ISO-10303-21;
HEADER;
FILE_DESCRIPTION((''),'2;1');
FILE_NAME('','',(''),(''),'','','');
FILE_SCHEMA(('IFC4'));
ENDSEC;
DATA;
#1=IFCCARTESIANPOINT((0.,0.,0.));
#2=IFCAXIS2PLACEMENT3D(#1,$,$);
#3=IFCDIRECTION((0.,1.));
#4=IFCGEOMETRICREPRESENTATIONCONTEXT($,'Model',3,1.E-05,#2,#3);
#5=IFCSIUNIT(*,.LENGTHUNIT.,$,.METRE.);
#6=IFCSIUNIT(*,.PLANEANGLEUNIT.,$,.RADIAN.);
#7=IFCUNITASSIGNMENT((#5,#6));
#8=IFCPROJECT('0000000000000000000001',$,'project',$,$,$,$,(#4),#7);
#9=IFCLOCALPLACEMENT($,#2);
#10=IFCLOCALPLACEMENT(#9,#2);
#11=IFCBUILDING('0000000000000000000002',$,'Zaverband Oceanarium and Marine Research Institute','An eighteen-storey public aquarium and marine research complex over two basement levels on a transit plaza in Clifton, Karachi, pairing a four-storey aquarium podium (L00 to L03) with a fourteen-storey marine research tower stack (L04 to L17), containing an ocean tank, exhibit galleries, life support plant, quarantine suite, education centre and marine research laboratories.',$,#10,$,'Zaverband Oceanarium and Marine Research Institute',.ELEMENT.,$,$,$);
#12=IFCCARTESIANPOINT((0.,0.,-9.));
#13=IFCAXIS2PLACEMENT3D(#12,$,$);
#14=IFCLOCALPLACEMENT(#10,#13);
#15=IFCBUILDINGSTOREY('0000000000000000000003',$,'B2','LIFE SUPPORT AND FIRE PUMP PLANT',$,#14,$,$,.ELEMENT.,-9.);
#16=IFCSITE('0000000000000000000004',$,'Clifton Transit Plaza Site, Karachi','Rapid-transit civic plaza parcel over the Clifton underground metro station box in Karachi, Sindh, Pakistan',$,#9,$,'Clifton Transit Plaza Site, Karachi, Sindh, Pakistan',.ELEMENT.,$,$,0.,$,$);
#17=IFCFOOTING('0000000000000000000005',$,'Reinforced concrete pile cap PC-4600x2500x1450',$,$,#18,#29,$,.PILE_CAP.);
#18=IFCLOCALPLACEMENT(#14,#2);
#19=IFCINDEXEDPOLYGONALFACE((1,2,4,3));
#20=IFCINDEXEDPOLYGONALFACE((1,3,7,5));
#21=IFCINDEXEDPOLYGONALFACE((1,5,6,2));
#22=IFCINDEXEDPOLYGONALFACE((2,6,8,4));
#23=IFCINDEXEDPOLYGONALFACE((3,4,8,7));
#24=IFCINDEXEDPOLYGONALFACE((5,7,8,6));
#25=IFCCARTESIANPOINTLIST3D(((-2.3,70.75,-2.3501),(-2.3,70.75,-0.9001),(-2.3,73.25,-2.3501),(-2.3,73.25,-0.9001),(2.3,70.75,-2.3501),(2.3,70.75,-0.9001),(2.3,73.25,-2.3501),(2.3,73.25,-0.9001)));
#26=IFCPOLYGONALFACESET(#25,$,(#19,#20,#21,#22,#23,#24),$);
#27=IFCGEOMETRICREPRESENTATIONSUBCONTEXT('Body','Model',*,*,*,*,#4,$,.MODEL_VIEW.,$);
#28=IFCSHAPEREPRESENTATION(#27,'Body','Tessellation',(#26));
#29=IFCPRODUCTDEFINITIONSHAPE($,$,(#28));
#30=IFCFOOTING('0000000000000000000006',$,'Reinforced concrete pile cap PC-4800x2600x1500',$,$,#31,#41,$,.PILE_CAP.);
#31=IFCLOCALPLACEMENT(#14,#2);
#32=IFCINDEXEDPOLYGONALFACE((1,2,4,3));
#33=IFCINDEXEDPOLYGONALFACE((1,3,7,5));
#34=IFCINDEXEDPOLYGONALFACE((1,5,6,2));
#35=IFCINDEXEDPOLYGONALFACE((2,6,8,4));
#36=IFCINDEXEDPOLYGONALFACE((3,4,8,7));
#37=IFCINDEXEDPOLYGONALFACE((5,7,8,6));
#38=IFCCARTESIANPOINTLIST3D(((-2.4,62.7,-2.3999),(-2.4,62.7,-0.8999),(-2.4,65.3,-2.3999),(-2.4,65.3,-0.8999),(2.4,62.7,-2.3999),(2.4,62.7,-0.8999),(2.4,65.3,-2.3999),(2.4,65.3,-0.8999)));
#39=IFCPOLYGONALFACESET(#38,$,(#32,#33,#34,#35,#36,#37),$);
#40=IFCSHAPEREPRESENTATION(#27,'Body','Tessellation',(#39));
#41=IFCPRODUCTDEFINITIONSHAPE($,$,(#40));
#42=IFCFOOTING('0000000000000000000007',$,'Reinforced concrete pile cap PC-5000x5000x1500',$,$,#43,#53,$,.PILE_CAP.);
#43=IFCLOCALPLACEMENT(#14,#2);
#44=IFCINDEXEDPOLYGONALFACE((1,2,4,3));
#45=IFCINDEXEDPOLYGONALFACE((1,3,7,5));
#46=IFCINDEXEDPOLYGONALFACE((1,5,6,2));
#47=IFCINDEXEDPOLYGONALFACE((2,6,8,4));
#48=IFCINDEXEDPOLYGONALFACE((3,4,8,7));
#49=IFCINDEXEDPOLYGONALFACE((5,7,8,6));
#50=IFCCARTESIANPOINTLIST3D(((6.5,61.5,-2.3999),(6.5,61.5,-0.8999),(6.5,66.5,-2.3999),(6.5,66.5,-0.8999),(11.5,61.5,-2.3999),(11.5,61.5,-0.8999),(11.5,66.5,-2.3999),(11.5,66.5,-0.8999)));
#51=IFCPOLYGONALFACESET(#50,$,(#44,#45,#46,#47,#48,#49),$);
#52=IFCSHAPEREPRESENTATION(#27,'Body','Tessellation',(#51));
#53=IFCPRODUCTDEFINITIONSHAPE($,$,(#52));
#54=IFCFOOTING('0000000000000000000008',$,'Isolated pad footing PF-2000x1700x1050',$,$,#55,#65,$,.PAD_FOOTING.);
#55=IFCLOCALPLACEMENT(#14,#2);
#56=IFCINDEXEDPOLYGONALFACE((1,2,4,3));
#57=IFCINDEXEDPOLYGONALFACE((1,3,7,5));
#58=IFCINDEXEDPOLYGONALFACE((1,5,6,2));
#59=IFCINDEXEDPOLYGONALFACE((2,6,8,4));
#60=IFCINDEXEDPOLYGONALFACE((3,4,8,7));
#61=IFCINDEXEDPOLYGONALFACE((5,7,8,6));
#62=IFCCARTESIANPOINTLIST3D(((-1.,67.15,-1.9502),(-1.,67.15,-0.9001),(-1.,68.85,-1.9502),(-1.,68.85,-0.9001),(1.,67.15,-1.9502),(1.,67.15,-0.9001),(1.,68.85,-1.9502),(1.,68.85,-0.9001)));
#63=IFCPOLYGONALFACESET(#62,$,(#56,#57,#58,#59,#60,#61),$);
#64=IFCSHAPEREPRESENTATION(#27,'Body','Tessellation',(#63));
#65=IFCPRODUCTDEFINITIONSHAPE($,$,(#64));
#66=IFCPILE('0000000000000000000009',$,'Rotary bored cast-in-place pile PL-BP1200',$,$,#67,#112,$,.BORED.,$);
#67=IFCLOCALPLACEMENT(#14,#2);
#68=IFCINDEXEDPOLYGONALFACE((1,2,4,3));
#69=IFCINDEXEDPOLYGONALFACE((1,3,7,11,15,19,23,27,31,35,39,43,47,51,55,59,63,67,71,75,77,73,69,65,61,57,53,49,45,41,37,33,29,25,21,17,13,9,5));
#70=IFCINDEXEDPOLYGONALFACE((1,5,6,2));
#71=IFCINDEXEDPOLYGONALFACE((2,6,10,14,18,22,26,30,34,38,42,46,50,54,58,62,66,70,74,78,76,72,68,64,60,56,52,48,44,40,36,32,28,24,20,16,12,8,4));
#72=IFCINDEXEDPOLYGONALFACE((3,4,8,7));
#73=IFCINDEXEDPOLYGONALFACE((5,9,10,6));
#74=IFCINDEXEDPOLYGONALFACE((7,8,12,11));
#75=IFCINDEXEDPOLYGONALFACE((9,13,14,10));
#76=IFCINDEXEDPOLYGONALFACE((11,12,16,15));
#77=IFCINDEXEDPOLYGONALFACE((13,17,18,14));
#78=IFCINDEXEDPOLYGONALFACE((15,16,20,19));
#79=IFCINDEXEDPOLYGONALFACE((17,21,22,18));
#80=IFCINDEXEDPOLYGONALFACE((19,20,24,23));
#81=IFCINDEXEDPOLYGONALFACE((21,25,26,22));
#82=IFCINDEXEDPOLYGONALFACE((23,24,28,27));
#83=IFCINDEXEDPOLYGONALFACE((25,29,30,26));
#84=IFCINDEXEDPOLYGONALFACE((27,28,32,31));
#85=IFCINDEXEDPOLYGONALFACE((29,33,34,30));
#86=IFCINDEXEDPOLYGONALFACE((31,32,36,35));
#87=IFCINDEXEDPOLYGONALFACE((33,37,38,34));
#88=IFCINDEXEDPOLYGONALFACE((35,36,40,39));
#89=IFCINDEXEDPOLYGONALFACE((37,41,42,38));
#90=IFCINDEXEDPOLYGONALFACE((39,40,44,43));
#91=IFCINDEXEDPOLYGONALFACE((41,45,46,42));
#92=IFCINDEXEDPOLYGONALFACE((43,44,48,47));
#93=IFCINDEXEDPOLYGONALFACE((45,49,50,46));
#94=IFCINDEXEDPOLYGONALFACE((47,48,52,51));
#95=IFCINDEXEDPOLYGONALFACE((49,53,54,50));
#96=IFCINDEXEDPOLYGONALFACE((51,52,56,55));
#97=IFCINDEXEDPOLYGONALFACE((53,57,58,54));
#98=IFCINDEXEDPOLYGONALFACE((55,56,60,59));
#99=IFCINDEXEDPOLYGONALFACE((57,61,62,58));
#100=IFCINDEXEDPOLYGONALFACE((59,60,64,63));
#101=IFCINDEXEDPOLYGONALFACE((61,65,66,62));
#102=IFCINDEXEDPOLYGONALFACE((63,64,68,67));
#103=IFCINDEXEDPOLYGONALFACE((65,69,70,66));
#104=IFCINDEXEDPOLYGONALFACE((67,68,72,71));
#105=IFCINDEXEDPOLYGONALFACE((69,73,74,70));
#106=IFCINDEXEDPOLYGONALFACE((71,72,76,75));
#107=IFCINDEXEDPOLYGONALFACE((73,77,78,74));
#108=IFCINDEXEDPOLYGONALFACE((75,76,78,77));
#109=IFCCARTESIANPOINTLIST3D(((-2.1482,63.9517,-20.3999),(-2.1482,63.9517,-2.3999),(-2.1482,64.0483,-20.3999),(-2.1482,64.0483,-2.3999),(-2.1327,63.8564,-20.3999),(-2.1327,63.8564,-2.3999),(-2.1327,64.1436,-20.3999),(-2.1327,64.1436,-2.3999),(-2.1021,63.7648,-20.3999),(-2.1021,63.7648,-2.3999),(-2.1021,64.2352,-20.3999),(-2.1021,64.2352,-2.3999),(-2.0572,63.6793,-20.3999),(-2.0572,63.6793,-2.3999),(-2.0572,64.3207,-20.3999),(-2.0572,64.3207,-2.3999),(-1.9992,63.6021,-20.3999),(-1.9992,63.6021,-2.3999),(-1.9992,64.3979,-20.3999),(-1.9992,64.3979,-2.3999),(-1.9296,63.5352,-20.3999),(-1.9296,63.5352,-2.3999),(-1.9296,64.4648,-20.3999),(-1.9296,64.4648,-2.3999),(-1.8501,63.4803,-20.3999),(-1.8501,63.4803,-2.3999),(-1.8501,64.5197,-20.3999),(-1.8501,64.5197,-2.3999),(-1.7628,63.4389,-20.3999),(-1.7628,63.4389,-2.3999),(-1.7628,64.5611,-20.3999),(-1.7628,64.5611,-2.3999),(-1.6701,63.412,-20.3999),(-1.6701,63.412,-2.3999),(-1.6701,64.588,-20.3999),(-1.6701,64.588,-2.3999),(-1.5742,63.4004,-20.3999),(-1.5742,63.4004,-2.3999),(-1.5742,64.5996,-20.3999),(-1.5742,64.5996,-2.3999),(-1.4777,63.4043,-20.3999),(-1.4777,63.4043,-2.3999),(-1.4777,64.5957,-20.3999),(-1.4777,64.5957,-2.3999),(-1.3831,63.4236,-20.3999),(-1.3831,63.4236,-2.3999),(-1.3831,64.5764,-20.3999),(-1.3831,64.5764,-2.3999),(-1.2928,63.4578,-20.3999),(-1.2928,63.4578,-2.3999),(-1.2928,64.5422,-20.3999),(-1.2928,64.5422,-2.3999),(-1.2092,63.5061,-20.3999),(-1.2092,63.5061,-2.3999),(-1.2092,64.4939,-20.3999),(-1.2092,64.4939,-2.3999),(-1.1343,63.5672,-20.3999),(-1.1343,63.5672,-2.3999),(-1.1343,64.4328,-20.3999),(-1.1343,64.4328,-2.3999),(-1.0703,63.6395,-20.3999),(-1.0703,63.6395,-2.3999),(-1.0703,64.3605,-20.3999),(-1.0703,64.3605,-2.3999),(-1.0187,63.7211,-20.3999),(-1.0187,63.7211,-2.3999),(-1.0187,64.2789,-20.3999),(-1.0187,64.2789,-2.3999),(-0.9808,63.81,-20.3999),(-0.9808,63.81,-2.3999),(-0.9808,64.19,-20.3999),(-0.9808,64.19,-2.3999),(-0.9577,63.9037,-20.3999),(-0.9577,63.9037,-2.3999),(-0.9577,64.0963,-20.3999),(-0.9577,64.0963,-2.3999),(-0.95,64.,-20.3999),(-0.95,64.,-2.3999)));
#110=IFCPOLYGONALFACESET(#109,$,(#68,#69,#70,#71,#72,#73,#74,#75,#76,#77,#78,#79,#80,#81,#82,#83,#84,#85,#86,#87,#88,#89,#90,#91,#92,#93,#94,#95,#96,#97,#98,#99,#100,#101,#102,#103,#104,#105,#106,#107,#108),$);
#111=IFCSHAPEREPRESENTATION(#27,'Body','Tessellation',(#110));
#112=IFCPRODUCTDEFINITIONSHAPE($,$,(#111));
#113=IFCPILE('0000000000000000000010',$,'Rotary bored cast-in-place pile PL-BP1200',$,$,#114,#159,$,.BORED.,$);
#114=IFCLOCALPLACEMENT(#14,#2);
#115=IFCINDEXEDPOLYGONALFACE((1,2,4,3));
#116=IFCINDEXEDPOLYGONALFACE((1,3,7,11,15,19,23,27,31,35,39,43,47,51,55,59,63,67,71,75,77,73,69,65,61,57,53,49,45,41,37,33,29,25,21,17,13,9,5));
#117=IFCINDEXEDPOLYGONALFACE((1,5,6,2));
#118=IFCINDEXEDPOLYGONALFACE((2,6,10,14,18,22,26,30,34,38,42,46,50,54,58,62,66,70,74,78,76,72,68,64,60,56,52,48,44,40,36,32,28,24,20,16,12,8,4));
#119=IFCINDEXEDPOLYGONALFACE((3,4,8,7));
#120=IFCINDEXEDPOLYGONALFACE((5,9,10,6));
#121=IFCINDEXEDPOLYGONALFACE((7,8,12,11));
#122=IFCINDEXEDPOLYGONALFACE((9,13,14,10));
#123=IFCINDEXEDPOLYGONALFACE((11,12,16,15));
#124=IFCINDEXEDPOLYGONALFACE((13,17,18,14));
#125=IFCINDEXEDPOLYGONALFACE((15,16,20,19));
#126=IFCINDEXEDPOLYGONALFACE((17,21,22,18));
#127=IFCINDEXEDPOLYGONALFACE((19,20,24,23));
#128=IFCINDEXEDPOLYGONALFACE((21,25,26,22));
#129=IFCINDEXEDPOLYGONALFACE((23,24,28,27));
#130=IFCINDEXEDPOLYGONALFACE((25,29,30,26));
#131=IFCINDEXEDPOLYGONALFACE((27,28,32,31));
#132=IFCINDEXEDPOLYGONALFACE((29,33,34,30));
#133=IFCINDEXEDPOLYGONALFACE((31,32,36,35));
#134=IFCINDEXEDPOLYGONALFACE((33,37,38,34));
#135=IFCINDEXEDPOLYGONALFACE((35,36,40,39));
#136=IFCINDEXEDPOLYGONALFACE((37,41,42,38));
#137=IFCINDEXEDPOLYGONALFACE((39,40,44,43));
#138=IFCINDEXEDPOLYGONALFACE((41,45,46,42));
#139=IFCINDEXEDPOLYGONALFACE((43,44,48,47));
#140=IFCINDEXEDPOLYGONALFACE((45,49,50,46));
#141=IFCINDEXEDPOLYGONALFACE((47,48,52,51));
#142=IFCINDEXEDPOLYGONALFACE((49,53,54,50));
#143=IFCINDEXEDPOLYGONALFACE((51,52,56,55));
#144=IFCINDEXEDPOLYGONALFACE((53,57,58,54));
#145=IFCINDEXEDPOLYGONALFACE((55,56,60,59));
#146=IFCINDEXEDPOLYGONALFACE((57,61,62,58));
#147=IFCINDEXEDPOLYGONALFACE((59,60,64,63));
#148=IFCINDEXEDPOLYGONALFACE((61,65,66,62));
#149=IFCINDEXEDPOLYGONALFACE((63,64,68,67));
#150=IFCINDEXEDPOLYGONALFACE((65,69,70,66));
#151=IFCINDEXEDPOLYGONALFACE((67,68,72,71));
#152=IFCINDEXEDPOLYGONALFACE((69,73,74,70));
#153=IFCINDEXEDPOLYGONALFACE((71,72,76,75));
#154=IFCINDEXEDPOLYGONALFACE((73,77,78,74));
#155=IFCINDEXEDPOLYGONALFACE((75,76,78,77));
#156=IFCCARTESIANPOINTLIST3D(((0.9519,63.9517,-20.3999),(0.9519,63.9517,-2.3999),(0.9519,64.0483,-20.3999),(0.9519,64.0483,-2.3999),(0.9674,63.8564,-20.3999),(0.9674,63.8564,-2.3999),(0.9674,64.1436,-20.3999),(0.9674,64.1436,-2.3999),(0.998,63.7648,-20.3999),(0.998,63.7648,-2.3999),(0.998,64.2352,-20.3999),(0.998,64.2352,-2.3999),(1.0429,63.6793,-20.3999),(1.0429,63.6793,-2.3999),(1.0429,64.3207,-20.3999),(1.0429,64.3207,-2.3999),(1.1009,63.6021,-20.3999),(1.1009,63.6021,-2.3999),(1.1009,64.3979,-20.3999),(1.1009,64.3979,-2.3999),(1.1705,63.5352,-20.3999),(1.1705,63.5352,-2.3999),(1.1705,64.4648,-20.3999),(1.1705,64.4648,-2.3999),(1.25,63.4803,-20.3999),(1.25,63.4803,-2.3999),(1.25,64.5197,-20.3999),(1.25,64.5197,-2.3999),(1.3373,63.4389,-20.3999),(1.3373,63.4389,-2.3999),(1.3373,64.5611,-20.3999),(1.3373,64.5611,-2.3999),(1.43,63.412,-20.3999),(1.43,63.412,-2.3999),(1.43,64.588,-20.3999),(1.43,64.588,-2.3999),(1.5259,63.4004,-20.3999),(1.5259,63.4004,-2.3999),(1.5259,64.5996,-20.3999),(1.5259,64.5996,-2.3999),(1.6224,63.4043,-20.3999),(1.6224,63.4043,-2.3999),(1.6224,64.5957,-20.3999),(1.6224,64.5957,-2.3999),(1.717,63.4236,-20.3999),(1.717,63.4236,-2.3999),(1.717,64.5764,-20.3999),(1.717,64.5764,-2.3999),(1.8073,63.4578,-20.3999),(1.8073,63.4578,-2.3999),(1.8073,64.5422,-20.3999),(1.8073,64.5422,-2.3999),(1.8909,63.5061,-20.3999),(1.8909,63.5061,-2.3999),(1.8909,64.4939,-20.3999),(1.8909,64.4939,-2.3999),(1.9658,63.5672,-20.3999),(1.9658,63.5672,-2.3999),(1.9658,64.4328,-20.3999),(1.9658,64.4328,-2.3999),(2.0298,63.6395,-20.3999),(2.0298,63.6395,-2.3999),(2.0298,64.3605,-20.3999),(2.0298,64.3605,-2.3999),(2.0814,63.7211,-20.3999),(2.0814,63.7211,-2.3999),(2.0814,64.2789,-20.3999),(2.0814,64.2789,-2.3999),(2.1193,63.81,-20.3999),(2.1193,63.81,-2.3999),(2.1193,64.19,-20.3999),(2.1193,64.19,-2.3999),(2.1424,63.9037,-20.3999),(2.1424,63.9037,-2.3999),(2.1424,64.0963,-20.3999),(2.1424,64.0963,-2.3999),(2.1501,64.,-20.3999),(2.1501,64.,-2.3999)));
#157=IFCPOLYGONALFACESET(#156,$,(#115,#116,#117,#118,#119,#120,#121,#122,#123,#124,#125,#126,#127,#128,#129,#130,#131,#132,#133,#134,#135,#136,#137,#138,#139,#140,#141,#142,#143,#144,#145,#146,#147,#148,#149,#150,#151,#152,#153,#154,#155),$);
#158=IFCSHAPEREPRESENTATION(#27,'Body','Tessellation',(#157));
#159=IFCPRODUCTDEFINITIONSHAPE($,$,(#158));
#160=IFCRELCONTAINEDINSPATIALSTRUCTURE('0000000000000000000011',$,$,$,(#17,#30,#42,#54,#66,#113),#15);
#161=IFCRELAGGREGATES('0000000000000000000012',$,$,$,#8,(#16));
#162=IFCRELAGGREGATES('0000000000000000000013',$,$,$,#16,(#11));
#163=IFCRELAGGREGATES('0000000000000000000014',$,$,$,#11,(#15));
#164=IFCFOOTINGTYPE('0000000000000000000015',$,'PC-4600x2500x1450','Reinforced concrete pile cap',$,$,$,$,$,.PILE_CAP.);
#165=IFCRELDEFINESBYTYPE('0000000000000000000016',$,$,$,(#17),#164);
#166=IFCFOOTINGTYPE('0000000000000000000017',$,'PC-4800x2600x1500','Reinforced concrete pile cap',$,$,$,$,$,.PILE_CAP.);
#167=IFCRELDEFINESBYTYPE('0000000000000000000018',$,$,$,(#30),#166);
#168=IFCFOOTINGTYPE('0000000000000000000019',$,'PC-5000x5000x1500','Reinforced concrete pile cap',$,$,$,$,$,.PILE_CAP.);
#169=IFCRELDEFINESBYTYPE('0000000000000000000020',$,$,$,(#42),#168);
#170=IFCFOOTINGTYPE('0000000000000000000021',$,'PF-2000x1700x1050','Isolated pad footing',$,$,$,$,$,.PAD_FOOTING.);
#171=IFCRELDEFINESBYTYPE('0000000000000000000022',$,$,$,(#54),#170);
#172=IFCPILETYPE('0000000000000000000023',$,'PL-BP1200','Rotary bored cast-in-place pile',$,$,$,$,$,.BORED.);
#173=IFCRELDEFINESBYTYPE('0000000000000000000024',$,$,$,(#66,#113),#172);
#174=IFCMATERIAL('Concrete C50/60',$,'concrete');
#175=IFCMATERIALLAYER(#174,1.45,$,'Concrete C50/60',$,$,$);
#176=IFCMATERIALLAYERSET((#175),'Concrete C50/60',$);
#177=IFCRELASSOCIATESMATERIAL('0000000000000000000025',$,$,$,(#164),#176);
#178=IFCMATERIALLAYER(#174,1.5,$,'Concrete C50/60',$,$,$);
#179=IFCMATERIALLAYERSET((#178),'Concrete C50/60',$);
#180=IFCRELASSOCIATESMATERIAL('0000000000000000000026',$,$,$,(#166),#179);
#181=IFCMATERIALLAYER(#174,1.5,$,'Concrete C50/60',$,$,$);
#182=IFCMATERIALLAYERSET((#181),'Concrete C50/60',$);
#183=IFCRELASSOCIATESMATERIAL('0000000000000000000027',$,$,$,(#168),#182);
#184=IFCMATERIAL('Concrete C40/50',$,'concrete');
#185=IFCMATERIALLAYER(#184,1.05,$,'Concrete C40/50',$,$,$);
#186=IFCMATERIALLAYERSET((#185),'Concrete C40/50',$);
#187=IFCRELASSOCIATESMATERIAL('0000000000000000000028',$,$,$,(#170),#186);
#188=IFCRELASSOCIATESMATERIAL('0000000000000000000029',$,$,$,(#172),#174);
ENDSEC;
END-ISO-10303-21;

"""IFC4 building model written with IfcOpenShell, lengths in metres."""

from ifc_helpers import new_model, si_unit, direction, frame, origin, origin_2d, place, context, subcontext, project, spatial, rectangle, circle, extrude, material, layer, layer_set, material_profile, profile_set, type_object, element, save


model = new_model("IFC4")

# Units and contexts
model_context = context("Model", 3, precision=1e-05, world=origin(), true_north=direction((0.0, 1.0)))
body_context = subcontext(model_context, "Body", "Model", "MODEL_VIEW")
ifc_project = project(units=[si_unit("LENGTHUNIT", "METRE"), si_unit("PLANEANGLEUNIT", "RADIAN")], contexts=[model_context])

# Site, building, storey
site_placement = place(None, origin())
site = spatial("IfcSite", under=ifc_project, at=site_placement, Name="Clifton Transit Plaza Site, Karachi", Description="Rapid-transit civic plaza parcel over the Clifton underground metro station box in Karachi, Sindh, Pakistan", LongName="Clifton Transit Plaza Site, Karachi, Sindh, Pakistan", CompositionType="ELEMENT", RefElevation=0.0)
building_placement = place(site_placement, origin())
building = spatial("IfcBuilding", under=site, at=building_placement, Name="Zaverband Oceanarium and Marine Research Institute", Description="An eighteen-storey public aquarium and marine research complex over two basement levels on a transit plaza in Clifton, Karachi, pairing a four-storey aquarium podium (L00 to L03) with a fourteen-storey marine research tower stack (L04 to L17), containing an ocean tank, exhibit galleries, life support plant, quarantine suite, education centre and marine research laboratories.", LongName="Zaverband Oceanarium and Marine Research Institute", CompositionType="ELEMENT")
storey_placement = place(building_placement, frame((0.0, 0.0, -9.0)))
storey = spatial("IfcBuildingStorey", under=building, at=storey_placement, Name="B2", Description="LIFE SUPPORT AND FIRE PUMP PLANT", CompositionType="ELEMENT", Elevation=-9.0)

# Footings
ifc_material_1 = material(Name="Concrete C50/60", Category="concrete")
ifc_layer_1 = layer(ifc_material_1, 1.45, Name="Concrete C50/60")
ifc_layer_set_1 = layer_set([ifc_layer_1], Name="Concrete C50/60")
footing_type_1 = type_object("IfcFootingType", Name="PC-4600x2500x1450", Description="Reinforced concrete pile cap", PredefinedType="PILE_CAP", material=ifc_layer_set_1)
footing_1_placement = place(storey_placement, frame((0.0, 72.0, -2.3501), z_axis=(0.0, 0.0, 1.0), x_axis=(1.0, 0.0, 0.0)))
element("IfcFooting", 1, at=footing_1_placement, inside=storey, type_object=footing_type_1, Name="Reinforced concrete pile cap PC-4600x2500x1450", PredefinedType="PILE_CAP", context=body_context, shape_type="SweptSolid", body=[
    extrude(rectangle(XDim=4.6001, YDim=2.5, at=origin_2d()), origin(), (0.0, 0.0, 1.0), 1.45),
])
ifc_layer_2 = layer(ifc_material_1, 1.5, Name="Concrete C50/60")
ifc_layer_set_2 = layer_set([ifc_layer_2], Name="Concrete C50/60")
footing_type_2 = type_object("IfcFootingType", Name="PC-4800x2600x1500", Description="Reinforced concrete pile cap", PredefinedType="PILE_CAP", material=ifc_layer_set_2)
footing_2_placement = place(storey_placement, frame((0.0, 64.0, -2.3999), z_axis=(0.0, 0.0, 1.0), x_axis=(1.0, 0.0, 0.0)))
element("IfcFooting", 2, at=footing_2_placement, inside=storey, type_object=footing_type_2, Name="Reinforced concrete pile cap PC-4800x2600x1500", PredefinedType="PILE_CAP", context=body_context, shape_type="SweptSolid", body=[
    extrude(rectangle(XDim=4.8, YDim=2.6001, at=origin_2d()), origin(), (0.0, 0.0, 1.0), 1.5),
])
ifc_layer_3 = layer(ifc_material_1, 1.5, Name="Concrete C50/60")
ifc_layer_set_3 = layer_set([ifc_layer_3], Name="Concrete C50/60")
footing_type_3 = type_object("IfcFootingType", Name="PC-5000x5000x1500", Description="Reinforced concrete pile cap", PredefinedType="PILE_CAP", material=ifc_layer_set_3)
footing_3_placement = place(storey_placement, frame((9.0, 64.0, -2.3999), z_axis=(0.0, 0.0, 1.0), x_axis=(1.0, 0.0, 0.0)))
element("IfcFooting", 3, at=footing_3_placement, inside=storey, type_object=footing_type_3, Name="Reinforced concrete pile cap PC-5000x5000x1500", PredefinedType="PILE_CAP", context=body_context, shape_type="SweptSolid", body=[
    extrude(rectangle(XDim=5.0, YDim=5.0, at=origin_2d()), origin(), (0.0, 0.0, 1.0), 1.5),
])
ifc_material_2 = material(Name="Concrete C40/50", Category="concrete")
ifc_layer_4 = layer(ifc_material_2, 1.05, Name="Concrete C40/50")
ifc_layer_set_4 = layer_set([ifc_layer_4], Name="Concrete C40/50")
footing_type_4 = type_object("IfcFootingType", Name="PF-2000x1700x1050", Description="Isolated pad footing", PredefinedType="PAD_FOOTING", material=ifc_layer_set_4)
footing_4_placement = place(storey_placement, frame((0.0, 68.0, -1.9502), z_axis=(0.0, 0.0, 1.0), x_axis=(1.0, 0.0, 0.0)))
element("IfcFooting", 4, at=footing_4_placement, inside=storey, type_object=footing_type_4, Name="Isolated pad footing PF-2000x1700x1050", PredefinedType="PAD_FOOTING", context=body_context, shape_type="SweptSolid", body=[
    extrude(rectangle(XDim=2.0, YDim=1.7, at=origin_2d()), origin(), (0.0, 0.0, 1.0), 1.05),
])

# Piles
ifc_material_profile_1 = material_profile(ifc_material_1, circle(Radius=0.6001, at=origin_2d()), Name="BP1200")
ifc_profile_set_1 = profile_set([ifc_material_profile_1], Name="Concrete C50/60")
pile_type = type_object("IfcPileType", Name="PL-BP1200", Description="Rotary bored cast-in-place pile", PredefinedType="BORED", material=ifc_profile_set_1)
for number, where, z_axis, x_axis, name in (
    (5, (-1.55, 64.0, -2.3999), (0.0, 0.0, -1.0), (1.0, 0.0, 0.0), "Rotary bored cast-in-place pile PL-BP1200"),
    (6, (1.55, 64.0, -2.3999), (0.0, 0.0, -1.0), (1.0, 0.0, 0.0), "Rotary bored cast-in-place pile PL-BP1200"),
):
    element("IfcPile", number, at=place(storey_placement, frame(where, z_axis=z_axis, x_axis=x_axis)), inside=storey, type_object=pile_type, Name=name, PredefinedType="BORED", context=body_context, shape_type="SweptSolid", body=[
        extrude(circle(Radius=0.6001, at=origin_2d()), origin(), (0.0, 0.0, 1.0), 18.0),
    ])

save(model, "model.ifc")
